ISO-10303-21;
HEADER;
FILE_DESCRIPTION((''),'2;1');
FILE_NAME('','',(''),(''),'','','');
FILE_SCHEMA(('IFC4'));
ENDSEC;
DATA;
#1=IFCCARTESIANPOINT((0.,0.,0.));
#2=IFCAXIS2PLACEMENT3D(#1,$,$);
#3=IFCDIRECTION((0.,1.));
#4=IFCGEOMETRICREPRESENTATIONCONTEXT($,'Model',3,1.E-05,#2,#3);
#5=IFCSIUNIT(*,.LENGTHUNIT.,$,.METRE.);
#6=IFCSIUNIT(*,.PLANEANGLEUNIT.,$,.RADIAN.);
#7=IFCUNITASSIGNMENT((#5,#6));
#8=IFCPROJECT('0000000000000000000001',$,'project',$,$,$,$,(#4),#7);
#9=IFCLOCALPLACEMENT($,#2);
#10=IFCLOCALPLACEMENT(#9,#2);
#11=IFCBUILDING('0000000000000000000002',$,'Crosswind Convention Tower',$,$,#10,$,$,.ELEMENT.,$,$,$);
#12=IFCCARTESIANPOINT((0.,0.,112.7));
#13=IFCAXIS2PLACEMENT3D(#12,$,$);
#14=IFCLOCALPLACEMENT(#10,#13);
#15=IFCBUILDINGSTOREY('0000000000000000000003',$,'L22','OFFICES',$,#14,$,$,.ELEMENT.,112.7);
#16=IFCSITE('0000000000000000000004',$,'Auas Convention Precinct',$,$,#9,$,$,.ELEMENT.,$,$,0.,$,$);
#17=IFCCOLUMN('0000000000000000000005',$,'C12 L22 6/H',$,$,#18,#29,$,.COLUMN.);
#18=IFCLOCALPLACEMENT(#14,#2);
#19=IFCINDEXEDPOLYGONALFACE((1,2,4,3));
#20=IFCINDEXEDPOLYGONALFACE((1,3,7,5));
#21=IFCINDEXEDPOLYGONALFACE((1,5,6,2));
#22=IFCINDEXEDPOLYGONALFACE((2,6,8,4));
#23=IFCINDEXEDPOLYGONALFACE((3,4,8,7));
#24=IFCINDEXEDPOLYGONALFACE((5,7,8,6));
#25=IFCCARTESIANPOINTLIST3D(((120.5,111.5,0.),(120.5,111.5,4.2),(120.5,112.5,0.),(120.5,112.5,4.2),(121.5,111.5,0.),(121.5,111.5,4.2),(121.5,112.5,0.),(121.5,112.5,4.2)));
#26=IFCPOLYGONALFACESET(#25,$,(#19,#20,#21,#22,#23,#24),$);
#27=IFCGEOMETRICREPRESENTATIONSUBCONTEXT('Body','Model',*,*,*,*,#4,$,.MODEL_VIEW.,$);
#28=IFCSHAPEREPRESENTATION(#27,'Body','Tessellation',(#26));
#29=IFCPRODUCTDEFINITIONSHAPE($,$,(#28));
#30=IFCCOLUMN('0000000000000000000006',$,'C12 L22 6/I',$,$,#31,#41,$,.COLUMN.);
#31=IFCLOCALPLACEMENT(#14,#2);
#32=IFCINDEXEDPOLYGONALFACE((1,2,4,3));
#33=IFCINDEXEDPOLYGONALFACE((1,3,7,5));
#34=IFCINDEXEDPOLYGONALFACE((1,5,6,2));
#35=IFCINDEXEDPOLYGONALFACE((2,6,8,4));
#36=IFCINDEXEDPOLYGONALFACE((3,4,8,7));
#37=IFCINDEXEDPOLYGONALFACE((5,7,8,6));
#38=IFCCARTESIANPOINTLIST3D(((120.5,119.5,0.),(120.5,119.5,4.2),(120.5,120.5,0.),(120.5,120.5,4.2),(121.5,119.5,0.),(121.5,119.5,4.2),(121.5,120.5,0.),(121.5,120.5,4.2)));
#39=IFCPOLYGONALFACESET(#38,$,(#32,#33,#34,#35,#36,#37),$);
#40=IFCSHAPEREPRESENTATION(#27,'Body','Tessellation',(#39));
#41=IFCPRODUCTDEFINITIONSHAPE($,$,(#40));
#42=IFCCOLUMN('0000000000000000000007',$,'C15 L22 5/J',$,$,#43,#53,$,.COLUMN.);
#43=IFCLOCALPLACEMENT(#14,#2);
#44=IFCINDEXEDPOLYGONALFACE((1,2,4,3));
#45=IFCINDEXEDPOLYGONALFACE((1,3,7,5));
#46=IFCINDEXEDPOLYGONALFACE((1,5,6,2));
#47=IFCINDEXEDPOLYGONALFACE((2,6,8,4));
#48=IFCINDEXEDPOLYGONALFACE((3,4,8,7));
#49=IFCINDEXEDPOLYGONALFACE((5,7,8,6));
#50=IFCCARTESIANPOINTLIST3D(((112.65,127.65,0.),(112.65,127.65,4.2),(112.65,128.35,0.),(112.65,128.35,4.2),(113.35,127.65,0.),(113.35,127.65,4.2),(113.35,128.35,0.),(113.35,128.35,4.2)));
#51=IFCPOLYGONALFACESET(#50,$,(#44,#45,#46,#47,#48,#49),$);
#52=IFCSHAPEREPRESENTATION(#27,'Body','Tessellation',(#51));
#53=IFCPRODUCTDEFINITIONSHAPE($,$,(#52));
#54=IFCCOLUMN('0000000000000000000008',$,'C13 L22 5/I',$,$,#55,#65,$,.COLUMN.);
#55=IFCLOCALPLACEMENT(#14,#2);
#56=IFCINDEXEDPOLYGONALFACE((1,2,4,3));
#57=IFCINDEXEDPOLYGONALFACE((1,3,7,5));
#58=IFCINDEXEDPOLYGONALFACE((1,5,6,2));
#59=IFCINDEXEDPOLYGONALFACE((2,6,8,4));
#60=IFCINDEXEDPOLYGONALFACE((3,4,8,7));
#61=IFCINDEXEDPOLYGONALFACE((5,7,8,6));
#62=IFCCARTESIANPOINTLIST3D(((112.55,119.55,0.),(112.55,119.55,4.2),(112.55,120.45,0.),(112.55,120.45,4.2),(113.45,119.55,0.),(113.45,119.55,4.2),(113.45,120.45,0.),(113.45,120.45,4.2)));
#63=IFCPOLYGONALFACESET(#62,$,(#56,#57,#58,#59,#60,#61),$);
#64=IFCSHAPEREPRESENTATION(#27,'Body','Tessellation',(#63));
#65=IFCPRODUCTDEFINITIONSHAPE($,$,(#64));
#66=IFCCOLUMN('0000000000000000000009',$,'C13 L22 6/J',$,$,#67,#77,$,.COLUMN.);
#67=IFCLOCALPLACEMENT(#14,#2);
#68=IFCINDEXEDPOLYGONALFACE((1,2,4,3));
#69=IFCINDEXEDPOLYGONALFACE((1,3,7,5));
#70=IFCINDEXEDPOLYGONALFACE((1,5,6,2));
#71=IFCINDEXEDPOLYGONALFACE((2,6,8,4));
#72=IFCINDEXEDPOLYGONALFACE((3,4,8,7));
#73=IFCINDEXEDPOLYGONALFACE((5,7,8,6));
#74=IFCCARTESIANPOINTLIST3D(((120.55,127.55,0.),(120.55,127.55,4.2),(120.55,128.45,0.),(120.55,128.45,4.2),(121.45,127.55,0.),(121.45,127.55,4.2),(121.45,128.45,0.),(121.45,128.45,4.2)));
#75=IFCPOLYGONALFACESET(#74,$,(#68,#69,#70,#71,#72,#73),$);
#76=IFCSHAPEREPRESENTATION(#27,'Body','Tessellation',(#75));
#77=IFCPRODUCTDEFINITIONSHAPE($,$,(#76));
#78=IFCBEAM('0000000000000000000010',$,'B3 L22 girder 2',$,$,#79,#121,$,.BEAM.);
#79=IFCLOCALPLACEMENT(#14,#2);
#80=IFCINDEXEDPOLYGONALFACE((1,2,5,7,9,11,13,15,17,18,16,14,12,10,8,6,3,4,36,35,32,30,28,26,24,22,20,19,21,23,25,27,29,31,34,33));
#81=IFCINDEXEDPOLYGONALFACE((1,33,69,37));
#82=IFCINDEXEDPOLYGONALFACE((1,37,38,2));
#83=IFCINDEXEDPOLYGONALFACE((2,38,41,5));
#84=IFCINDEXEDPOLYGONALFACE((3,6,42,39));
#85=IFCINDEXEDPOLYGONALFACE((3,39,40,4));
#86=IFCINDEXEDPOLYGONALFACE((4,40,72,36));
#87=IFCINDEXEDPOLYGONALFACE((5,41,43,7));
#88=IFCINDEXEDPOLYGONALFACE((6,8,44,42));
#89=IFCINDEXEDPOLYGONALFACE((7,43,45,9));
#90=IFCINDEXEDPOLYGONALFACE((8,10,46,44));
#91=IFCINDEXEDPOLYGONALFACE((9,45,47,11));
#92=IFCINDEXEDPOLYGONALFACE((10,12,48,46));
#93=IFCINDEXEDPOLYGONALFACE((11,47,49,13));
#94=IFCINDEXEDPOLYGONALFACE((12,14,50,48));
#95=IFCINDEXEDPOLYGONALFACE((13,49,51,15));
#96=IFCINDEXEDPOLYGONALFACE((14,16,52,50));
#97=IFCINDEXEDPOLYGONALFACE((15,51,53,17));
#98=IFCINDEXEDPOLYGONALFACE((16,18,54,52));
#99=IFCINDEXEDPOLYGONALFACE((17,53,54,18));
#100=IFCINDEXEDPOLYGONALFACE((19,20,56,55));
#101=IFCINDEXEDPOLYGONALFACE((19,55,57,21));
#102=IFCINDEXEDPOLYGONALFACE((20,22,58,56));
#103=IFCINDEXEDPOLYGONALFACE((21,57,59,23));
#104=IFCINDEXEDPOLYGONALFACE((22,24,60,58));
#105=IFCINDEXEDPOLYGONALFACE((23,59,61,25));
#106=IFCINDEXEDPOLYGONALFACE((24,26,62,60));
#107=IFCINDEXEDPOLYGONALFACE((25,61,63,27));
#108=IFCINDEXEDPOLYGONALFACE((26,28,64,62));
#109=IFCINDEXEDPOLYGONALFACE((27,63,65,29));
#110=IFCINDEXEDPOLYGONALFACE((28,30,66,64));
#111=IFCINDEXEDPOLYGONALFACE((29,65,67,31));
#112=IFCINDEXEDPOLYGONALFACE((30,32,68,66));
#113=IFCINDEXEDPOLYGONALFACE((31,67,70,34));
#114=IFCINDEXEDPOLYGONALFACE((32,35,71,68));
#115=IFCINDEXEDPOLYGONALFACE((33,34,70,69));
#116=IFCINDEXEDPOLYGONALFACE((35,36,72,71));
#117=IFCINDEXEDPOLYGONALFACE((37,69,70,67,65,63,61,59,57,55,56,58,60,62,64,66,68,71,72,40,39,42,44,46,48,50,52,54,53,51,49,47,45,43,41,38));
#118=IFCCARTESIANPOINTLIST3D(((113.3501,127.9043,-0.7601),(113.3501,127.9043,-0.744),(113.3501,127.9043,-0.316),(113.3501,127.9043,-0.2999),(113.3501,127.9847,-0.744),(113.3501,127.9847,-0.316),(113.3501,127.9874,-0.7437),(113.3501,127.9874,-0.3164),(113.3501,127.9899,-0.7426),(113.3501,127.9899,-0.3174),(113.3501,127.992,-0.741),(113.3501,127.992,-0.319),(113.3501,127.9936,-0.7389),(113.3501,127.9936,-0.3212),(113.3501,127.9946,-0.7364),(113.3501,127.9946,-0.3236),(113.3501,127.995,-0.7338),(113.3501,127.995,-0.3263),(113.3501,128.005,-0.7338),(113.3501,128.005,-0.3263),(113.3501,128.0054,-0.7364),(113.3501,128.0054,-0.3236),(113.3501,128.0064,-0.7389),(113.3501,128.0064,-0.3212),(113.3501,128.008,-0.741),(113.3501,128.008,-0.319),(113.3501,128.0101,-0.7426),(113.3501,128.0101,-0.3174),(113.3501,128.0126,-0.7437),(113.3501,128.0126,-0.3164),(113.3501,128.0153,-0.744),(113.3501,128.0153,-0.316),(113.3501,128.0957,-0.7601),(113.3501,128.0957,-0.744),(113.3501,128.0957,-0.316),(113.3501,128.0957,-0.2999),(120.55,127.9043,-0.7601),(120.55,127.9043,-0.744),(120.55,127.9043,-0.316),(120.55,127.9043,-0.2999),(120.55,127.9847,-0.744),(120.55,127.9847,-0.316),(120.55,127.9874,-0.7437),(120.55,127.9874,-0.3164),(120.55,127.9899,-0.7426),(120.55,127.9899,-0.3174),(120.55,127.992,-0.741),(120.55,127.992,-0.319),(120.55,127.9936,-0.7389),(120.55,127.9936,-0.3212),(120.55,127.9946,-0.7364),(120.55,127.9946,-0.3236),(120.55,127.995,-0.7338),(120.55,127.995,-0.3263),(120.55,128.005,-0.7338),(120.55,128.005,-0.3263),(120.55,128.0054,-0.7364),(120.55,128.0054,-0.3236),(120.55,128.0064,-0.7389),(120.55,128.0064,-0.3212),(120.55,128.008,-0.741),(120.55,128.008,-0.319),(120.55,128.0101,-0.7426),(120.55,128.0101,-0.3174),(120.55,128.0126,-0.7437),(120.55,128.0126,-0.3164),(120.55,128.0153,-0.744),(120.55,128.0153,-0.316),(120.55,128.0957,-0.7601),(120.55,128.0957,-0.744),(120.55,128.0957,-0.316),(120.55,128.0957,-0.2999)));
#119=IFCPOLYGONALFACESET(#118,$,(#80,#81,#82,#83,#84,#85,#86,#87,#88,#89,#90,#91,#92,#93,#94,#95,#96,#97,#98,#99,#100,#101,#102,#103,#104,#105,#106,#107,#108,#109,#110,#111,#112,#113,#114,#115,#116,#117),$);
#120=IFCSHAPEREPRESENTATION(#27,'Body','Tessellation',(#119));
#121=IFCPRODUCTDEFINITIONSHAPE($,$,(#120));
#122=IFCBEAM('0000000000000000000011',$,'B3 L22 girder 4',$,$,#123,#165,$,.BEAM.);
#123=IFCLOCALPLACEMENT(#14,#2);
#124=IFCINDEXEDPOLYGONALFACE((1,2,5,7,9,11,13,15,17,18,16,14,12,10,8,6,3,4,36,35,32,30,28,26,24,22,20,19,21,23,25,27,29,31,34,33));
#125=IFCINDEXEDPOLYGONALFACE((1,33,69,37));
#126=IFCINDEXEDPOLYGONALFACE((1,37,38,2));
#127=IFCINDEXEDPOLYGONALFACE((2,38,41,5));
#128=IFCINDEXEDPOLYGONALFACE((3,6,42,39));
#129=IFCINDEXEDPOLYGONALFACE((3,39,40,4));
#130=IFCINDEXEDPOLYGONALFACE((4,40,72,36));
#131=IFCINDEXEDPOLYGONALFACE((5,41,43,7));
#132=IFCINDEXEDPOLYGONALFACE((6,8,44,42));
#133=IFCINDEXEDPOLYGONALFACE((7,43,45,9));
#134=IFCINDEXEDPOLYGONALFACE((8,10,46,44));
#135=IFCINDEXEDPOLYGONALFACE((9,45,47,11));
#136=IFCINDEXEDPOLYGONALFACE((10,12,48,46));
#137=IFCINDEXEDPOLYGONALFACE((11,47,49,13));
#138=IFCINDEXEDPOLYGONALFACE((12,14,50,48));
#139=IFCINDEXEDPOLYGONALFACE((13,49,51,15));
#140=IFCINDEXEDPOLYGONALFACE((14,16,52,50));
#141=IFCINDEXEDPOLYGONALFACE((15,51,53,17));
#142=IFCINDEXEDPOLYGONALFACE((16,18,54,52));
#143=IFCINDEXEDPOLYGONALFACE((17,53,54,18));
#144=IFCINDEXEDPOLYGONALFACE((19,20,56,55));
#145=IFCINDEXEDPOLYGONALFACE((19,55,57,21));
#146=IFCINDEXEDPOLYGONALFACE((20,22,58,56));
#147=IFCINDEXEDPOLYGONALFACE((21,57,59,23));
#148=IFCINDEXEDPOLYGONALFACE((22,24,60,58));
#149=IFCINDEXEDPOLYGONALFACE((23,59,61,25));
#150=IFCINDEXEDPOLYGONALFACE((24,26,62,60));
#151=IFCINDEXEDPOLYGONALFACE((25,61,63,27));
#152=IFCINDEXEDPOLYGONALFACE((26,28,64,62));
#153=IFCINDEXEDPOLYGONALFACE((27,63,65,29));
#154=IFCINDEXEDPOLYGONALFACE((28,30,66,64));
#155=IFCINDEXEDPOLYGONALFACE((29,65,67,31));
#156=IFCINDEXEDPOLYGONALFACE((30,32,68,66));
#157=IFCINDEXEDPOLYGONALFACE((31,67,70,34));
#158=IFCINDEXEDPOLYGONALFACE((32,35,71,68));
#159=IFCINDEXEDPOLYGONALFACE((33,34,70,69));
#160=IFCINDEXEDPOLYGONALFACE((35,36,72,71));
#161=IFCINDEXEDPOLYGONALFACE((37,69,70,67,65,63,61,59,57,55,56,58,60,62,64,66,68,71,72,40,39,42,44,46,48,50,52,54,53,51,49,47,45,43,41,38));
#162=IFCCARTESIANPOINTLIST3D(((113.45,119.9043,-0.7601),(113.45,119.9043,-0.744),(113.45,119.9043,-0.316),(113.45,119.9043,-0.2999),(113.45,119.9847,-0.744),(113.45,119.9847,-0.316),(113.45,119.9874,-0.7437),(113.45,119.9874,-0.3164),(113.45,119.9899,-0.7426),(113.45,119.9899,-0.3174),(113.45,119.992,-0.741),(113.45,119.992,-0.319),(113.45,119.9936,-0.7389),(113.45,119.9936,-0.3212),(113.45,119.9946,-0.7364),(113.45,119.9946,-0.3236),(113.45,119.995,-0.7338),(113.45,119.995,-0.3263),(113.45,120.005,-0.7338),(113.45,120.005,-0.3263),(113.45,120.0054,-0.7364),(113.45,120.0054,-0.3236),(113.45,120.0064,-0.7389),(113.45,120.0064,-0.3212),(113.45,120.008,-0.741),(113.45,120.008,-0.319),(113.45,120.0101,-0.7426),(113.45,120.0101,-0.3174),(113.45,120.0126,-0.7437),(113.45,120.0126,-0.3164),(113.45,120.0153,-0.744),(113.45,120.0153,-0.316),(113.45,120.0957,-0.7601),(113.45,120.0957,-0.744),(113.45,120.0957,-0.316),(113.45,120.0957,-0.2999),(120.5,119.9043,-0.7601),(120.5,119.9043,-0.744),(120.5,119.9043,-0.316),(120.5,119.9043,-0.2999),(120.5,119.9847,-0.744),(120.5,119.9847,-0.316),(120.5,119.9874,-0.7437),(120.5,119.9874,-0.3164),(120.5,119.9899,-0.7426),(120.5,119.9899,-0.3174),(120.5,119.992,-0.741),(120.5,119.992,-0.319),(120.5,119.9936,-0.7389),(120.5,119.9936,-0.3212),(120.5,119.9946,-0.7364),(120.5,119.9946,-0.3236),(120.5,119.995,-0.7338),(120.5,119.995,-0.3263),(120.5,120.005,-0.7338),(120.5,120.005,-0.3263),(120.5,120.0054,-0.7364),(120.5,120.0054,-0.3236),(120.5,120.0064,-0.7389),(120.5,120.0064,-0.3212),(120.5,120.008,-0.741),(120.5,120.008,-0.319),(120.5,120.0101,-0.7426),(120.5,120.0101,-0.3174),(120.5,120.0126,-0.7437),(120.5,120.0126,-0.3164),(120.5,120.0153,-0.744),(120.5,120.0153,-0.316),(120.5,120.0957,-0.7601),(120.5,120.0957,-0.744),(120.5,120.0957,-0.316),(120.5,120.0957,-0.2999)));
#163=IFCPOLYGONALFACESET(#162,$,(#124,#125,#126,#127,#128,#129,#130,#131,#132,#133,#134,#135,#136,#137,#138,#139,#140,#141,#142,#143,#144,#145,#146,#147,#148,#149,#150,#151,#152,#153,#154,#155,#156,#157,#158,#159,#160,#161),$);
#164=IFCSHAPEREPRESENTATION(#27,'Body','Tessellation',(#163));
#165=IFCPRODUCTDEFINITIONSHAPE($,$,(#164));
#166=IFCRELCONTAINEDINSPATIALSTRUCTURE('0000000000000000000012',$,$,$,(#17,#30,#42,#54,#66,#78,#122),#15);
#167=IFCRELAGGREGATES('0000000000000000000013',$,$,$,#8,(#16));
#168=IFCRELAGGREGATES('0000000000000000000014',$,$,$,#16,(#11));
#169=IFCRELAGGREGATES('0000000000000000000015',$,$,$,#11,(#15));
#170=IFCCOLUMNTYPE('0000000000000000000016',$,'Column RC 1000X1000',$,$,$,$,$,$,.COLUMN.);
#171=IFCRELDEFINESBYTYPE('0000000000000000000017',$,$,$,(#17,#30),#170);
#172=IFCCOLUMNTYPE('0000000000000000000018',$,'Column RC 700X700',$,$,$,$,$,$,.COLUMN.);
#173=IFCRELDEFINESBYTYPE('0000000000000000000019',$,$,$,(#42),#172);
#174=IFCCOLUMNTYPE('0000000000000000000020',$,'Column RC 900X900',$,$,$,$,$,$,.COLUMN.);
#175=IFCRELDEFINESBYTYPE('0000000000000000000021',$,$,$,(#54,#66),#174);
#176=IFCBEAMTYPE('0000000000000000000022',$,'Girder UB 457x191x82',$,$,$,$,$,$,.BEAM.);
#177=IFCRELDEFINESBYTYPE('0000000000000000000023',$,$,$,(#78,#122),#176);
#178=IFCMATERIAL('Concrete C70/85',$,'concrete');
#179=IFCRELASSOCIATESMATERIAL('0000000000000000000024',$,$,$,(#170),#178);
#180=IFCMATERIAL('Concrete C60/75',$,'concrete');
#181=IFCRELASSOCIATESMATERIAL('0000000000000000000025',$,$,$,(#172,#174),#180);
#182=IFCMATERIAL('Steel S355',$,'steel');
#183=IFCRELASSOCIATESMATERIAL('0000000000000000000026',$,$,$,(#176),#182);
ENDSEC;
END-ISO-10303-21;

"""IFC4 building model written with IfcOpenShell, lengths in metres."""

from ifc_helpers import new_model, si_unit, direction, frame, origin, origin_2d, place, context, subcontext, project, spatial, rectangle, i_section, extrude, material, material_profile, profile_set, type_object, element, save


model = new_model("IFC4")

# Units and contexts
model_context = context("Model", 3, precision=1e-05, world=origin(), true_north=direction((0.0, 1.0)))
body_context = subcontext(model_context, "Body", "Model", "MODEL_VIEW")
ifc_project = project(units=[si_unit("LENGTHUNIT", "METRE"), si_unit("PLANEANGLEUNIT", "RADIAN")], contexts=[model_context])

# Site, building, storey
site_placement = place(None, origin())
site = spatial("IfcSite", under=ifc_project, at=site_placement, Name="Auas Convention Precinct", CompositionType="ELEMENT", RefElevation=0.0)
building_placement = place(site_placement, origin())
building = spatial("IfcBuilding", under=site, at=building_placement, Name="Crosswind Convention Tower", CompositionType="ELEMENT")
storey_placement = place(building_placement, frame((0.0, 0.0, 112.7)))
storey = spatial("IfcBuildingStorey", under=building, at=storey_placement, Name="L22", Description="OFFICES", CompositionType="ELEMENT", Elevation=112.7)

# Columns
ifc_material_1 = material(Name="Concrete C70/85", Category="concrete")
ifc_material_profile_1 = material_profile(ifc_material_1, rectangle(XDim=1.0, YDim=1.0, at=origin_2d()), Name="RC 1000X1000")
ifc_profile_set_1 = profile_set([ifc_material_profile_1], Name="Concrete C70/85")
column_type_1 = type_object("IfcColumnType", Name="Column RC 1000X1000", PredefinedType="COLUMN", material=ifc_profile_set_1)
for number, where, z_axis, x_axis, name in (
    (1, (121.0, 112.0, 0.0), (0.0, 0.0, 1.0), (1.0, 0.0, 0.0), "C12 L22 6/H"),
    (2, (121.0, 120.0, 0.0), (0.0, 0.0, 1.0), (1.0, 0.0, 0.0), "C12 L22 6/I"),
):
    element("IfcColumn", number, at=place(storey_placement, frame(where, z_axis=z_axis, x_axis=x_axis)), inside=storey, type_object=column_type_1, Name=name, PredefinedType="COLUMN", context=body_context, shape_type="SweptSolid", body=[
        extrude(rectangle(XDim=1.0, YDim=1.0, at=origin_2d()), origin(), (0.0, 0.0, 1.0), 4.2),
    ])
ifc_material_2 = material(Name="Concrete C60/75", Category="concrete")
ifc_material_profile_2 = material_profile(ifc_material_2, rectangle(XDim=0.7, YDim=0.7, at=origin_2d()), Name="RC 700X700")
ifc_profile_set_2 = profile_set([ifc_material_profile_2], Name="Concrete C60/75")
column_type_2 = type_object("IfcColumnType", Name="Column RC 700X700", PredefinedType="COLUMN", material=ifc_profile_set_2)
column_placement = place(storey_placement, frame((113.0, 128.0, 0.0), z_axis=(0.0, 0.0, 1.0), x_axis=(1.0, 0.0, 0.0)))
element("IfcColumn", 3, at=column_placement, inside=storey, type_object=column_type_2, Name="C15 L22 5/J", PredefinedType="COLUMN", context=body_context, shape_type="SweptSolid", body=[
    extrude(rectangle(XDim=0.7, YDim=0.7, at=origin_2d()), origin(), (0.0, 0.0, 1.0), 4.2),
])
ifc_material_profile_3 = material_profile(ifc_material_2, rectangle(XDim=0.8999, YDim=0.8999, at=origin_2d()), Name="RC 900X900")
ifc_profile_set_3 = profile_set([ifc_material_profile_3], Name="Concrete C60/75")
column_type_3 = type_object("IfcColumnType", Name="Column RC 900X900", PredefinedType="COLUMN", material=ifc_profile_set_3)
for number, where, z_axis, x_axis, name in (
    (4, (113.0, 120.0, 0.0), (0.0, 0.0, 1.0), (1.0, 0.0, 0.0), "C13 L22 5/I"),
    (5, (121.0, 128.0, 0.0), (0.0, 0.0, 1.0), (1.0, 0.0, 0.0), "C13 L22 6/J"),
):
    element("IfcColumn", number, at=place(storey_placement, frame(where, z_axis=z_axis, x_axis=x_axis)), inside=storey, type_object=column_type_3, Name=name, PredefinedType="COLUMN", context=body_context, shape_type="SweptSolid", body=[
        extrude(rectangle(XDim=0.8999, YDim=0.8999, at=origin_2d()), origin(), (0.0, 0.0, 1.0), 4.2),
    ])

# Beams
ifc_material_3 = material(Name="Steel S355", Category="steel")
ifc_material_profile_4 = material_profile(ifc_material_3, i_section(OverallWidth=0.1914, OverallDepth=0.4602, WebThickness=0.01, FlangeThickness=0.0161, FilletRadius=0.0103, at=origin_2d()), Name="UB 457x191x82")
ifc_profile_set_4 = profile_set([ifc_material_profile_4], Name="Steel S355")
beam_type_1 = type_object("IfcBeamType", Name="Girder UB 457x191x82", PredefinedType="BEAM", material=ifc_profile_set_4)
beam_1_placement = place(storey_placement, frame((113.3501, 128.0, -0.53), z_axis=(1.0, 0.0, 0.0), x_axis=(0.0, 1.0, 0.0)))
element("IfcBeam", 6, at=beam_1_placement, inside=storey, type_object=beam_type_1, Name="B3 L22 girder 2", PredefinedType="BEAM", context=body_context, shape_type="SweptSolid", body=[
    extrude(i_section(OverallWidth=0.1914, OverallDepth=0.4602, WebThickness=0.01, FlangeThickness=0.0161, FilletRadius=0.0103, at=origin_2d()), origin(), (0.0, 0.0, 1.0), 7.2),
])
beam_2_placement = place(storey_placement, frame((113.45, 120.0, -0.53), z_axis=(1.0, 0.0, 0.0), x_axis=(0.0, 1.0, 0.0)))
element("IfcBeam", 7, at=beam_2_placement, inside=storey, type_object=beam_type_1, Name="B3 L22 girder 4", PredefinedType="BEAM", context=body_context, shape_type="SweptSolid", body=[
    extrude(i_section(OverallWidth=0.1914, OverallDepth=0.4602, WebThickness=0.01, FlangeThickness=0.0161, FilletRadius=0.0103, at=origin_2d()), origin(), (0.0, 0.0, 1.0), 7.05),
])

save(model, "model.ifc")
